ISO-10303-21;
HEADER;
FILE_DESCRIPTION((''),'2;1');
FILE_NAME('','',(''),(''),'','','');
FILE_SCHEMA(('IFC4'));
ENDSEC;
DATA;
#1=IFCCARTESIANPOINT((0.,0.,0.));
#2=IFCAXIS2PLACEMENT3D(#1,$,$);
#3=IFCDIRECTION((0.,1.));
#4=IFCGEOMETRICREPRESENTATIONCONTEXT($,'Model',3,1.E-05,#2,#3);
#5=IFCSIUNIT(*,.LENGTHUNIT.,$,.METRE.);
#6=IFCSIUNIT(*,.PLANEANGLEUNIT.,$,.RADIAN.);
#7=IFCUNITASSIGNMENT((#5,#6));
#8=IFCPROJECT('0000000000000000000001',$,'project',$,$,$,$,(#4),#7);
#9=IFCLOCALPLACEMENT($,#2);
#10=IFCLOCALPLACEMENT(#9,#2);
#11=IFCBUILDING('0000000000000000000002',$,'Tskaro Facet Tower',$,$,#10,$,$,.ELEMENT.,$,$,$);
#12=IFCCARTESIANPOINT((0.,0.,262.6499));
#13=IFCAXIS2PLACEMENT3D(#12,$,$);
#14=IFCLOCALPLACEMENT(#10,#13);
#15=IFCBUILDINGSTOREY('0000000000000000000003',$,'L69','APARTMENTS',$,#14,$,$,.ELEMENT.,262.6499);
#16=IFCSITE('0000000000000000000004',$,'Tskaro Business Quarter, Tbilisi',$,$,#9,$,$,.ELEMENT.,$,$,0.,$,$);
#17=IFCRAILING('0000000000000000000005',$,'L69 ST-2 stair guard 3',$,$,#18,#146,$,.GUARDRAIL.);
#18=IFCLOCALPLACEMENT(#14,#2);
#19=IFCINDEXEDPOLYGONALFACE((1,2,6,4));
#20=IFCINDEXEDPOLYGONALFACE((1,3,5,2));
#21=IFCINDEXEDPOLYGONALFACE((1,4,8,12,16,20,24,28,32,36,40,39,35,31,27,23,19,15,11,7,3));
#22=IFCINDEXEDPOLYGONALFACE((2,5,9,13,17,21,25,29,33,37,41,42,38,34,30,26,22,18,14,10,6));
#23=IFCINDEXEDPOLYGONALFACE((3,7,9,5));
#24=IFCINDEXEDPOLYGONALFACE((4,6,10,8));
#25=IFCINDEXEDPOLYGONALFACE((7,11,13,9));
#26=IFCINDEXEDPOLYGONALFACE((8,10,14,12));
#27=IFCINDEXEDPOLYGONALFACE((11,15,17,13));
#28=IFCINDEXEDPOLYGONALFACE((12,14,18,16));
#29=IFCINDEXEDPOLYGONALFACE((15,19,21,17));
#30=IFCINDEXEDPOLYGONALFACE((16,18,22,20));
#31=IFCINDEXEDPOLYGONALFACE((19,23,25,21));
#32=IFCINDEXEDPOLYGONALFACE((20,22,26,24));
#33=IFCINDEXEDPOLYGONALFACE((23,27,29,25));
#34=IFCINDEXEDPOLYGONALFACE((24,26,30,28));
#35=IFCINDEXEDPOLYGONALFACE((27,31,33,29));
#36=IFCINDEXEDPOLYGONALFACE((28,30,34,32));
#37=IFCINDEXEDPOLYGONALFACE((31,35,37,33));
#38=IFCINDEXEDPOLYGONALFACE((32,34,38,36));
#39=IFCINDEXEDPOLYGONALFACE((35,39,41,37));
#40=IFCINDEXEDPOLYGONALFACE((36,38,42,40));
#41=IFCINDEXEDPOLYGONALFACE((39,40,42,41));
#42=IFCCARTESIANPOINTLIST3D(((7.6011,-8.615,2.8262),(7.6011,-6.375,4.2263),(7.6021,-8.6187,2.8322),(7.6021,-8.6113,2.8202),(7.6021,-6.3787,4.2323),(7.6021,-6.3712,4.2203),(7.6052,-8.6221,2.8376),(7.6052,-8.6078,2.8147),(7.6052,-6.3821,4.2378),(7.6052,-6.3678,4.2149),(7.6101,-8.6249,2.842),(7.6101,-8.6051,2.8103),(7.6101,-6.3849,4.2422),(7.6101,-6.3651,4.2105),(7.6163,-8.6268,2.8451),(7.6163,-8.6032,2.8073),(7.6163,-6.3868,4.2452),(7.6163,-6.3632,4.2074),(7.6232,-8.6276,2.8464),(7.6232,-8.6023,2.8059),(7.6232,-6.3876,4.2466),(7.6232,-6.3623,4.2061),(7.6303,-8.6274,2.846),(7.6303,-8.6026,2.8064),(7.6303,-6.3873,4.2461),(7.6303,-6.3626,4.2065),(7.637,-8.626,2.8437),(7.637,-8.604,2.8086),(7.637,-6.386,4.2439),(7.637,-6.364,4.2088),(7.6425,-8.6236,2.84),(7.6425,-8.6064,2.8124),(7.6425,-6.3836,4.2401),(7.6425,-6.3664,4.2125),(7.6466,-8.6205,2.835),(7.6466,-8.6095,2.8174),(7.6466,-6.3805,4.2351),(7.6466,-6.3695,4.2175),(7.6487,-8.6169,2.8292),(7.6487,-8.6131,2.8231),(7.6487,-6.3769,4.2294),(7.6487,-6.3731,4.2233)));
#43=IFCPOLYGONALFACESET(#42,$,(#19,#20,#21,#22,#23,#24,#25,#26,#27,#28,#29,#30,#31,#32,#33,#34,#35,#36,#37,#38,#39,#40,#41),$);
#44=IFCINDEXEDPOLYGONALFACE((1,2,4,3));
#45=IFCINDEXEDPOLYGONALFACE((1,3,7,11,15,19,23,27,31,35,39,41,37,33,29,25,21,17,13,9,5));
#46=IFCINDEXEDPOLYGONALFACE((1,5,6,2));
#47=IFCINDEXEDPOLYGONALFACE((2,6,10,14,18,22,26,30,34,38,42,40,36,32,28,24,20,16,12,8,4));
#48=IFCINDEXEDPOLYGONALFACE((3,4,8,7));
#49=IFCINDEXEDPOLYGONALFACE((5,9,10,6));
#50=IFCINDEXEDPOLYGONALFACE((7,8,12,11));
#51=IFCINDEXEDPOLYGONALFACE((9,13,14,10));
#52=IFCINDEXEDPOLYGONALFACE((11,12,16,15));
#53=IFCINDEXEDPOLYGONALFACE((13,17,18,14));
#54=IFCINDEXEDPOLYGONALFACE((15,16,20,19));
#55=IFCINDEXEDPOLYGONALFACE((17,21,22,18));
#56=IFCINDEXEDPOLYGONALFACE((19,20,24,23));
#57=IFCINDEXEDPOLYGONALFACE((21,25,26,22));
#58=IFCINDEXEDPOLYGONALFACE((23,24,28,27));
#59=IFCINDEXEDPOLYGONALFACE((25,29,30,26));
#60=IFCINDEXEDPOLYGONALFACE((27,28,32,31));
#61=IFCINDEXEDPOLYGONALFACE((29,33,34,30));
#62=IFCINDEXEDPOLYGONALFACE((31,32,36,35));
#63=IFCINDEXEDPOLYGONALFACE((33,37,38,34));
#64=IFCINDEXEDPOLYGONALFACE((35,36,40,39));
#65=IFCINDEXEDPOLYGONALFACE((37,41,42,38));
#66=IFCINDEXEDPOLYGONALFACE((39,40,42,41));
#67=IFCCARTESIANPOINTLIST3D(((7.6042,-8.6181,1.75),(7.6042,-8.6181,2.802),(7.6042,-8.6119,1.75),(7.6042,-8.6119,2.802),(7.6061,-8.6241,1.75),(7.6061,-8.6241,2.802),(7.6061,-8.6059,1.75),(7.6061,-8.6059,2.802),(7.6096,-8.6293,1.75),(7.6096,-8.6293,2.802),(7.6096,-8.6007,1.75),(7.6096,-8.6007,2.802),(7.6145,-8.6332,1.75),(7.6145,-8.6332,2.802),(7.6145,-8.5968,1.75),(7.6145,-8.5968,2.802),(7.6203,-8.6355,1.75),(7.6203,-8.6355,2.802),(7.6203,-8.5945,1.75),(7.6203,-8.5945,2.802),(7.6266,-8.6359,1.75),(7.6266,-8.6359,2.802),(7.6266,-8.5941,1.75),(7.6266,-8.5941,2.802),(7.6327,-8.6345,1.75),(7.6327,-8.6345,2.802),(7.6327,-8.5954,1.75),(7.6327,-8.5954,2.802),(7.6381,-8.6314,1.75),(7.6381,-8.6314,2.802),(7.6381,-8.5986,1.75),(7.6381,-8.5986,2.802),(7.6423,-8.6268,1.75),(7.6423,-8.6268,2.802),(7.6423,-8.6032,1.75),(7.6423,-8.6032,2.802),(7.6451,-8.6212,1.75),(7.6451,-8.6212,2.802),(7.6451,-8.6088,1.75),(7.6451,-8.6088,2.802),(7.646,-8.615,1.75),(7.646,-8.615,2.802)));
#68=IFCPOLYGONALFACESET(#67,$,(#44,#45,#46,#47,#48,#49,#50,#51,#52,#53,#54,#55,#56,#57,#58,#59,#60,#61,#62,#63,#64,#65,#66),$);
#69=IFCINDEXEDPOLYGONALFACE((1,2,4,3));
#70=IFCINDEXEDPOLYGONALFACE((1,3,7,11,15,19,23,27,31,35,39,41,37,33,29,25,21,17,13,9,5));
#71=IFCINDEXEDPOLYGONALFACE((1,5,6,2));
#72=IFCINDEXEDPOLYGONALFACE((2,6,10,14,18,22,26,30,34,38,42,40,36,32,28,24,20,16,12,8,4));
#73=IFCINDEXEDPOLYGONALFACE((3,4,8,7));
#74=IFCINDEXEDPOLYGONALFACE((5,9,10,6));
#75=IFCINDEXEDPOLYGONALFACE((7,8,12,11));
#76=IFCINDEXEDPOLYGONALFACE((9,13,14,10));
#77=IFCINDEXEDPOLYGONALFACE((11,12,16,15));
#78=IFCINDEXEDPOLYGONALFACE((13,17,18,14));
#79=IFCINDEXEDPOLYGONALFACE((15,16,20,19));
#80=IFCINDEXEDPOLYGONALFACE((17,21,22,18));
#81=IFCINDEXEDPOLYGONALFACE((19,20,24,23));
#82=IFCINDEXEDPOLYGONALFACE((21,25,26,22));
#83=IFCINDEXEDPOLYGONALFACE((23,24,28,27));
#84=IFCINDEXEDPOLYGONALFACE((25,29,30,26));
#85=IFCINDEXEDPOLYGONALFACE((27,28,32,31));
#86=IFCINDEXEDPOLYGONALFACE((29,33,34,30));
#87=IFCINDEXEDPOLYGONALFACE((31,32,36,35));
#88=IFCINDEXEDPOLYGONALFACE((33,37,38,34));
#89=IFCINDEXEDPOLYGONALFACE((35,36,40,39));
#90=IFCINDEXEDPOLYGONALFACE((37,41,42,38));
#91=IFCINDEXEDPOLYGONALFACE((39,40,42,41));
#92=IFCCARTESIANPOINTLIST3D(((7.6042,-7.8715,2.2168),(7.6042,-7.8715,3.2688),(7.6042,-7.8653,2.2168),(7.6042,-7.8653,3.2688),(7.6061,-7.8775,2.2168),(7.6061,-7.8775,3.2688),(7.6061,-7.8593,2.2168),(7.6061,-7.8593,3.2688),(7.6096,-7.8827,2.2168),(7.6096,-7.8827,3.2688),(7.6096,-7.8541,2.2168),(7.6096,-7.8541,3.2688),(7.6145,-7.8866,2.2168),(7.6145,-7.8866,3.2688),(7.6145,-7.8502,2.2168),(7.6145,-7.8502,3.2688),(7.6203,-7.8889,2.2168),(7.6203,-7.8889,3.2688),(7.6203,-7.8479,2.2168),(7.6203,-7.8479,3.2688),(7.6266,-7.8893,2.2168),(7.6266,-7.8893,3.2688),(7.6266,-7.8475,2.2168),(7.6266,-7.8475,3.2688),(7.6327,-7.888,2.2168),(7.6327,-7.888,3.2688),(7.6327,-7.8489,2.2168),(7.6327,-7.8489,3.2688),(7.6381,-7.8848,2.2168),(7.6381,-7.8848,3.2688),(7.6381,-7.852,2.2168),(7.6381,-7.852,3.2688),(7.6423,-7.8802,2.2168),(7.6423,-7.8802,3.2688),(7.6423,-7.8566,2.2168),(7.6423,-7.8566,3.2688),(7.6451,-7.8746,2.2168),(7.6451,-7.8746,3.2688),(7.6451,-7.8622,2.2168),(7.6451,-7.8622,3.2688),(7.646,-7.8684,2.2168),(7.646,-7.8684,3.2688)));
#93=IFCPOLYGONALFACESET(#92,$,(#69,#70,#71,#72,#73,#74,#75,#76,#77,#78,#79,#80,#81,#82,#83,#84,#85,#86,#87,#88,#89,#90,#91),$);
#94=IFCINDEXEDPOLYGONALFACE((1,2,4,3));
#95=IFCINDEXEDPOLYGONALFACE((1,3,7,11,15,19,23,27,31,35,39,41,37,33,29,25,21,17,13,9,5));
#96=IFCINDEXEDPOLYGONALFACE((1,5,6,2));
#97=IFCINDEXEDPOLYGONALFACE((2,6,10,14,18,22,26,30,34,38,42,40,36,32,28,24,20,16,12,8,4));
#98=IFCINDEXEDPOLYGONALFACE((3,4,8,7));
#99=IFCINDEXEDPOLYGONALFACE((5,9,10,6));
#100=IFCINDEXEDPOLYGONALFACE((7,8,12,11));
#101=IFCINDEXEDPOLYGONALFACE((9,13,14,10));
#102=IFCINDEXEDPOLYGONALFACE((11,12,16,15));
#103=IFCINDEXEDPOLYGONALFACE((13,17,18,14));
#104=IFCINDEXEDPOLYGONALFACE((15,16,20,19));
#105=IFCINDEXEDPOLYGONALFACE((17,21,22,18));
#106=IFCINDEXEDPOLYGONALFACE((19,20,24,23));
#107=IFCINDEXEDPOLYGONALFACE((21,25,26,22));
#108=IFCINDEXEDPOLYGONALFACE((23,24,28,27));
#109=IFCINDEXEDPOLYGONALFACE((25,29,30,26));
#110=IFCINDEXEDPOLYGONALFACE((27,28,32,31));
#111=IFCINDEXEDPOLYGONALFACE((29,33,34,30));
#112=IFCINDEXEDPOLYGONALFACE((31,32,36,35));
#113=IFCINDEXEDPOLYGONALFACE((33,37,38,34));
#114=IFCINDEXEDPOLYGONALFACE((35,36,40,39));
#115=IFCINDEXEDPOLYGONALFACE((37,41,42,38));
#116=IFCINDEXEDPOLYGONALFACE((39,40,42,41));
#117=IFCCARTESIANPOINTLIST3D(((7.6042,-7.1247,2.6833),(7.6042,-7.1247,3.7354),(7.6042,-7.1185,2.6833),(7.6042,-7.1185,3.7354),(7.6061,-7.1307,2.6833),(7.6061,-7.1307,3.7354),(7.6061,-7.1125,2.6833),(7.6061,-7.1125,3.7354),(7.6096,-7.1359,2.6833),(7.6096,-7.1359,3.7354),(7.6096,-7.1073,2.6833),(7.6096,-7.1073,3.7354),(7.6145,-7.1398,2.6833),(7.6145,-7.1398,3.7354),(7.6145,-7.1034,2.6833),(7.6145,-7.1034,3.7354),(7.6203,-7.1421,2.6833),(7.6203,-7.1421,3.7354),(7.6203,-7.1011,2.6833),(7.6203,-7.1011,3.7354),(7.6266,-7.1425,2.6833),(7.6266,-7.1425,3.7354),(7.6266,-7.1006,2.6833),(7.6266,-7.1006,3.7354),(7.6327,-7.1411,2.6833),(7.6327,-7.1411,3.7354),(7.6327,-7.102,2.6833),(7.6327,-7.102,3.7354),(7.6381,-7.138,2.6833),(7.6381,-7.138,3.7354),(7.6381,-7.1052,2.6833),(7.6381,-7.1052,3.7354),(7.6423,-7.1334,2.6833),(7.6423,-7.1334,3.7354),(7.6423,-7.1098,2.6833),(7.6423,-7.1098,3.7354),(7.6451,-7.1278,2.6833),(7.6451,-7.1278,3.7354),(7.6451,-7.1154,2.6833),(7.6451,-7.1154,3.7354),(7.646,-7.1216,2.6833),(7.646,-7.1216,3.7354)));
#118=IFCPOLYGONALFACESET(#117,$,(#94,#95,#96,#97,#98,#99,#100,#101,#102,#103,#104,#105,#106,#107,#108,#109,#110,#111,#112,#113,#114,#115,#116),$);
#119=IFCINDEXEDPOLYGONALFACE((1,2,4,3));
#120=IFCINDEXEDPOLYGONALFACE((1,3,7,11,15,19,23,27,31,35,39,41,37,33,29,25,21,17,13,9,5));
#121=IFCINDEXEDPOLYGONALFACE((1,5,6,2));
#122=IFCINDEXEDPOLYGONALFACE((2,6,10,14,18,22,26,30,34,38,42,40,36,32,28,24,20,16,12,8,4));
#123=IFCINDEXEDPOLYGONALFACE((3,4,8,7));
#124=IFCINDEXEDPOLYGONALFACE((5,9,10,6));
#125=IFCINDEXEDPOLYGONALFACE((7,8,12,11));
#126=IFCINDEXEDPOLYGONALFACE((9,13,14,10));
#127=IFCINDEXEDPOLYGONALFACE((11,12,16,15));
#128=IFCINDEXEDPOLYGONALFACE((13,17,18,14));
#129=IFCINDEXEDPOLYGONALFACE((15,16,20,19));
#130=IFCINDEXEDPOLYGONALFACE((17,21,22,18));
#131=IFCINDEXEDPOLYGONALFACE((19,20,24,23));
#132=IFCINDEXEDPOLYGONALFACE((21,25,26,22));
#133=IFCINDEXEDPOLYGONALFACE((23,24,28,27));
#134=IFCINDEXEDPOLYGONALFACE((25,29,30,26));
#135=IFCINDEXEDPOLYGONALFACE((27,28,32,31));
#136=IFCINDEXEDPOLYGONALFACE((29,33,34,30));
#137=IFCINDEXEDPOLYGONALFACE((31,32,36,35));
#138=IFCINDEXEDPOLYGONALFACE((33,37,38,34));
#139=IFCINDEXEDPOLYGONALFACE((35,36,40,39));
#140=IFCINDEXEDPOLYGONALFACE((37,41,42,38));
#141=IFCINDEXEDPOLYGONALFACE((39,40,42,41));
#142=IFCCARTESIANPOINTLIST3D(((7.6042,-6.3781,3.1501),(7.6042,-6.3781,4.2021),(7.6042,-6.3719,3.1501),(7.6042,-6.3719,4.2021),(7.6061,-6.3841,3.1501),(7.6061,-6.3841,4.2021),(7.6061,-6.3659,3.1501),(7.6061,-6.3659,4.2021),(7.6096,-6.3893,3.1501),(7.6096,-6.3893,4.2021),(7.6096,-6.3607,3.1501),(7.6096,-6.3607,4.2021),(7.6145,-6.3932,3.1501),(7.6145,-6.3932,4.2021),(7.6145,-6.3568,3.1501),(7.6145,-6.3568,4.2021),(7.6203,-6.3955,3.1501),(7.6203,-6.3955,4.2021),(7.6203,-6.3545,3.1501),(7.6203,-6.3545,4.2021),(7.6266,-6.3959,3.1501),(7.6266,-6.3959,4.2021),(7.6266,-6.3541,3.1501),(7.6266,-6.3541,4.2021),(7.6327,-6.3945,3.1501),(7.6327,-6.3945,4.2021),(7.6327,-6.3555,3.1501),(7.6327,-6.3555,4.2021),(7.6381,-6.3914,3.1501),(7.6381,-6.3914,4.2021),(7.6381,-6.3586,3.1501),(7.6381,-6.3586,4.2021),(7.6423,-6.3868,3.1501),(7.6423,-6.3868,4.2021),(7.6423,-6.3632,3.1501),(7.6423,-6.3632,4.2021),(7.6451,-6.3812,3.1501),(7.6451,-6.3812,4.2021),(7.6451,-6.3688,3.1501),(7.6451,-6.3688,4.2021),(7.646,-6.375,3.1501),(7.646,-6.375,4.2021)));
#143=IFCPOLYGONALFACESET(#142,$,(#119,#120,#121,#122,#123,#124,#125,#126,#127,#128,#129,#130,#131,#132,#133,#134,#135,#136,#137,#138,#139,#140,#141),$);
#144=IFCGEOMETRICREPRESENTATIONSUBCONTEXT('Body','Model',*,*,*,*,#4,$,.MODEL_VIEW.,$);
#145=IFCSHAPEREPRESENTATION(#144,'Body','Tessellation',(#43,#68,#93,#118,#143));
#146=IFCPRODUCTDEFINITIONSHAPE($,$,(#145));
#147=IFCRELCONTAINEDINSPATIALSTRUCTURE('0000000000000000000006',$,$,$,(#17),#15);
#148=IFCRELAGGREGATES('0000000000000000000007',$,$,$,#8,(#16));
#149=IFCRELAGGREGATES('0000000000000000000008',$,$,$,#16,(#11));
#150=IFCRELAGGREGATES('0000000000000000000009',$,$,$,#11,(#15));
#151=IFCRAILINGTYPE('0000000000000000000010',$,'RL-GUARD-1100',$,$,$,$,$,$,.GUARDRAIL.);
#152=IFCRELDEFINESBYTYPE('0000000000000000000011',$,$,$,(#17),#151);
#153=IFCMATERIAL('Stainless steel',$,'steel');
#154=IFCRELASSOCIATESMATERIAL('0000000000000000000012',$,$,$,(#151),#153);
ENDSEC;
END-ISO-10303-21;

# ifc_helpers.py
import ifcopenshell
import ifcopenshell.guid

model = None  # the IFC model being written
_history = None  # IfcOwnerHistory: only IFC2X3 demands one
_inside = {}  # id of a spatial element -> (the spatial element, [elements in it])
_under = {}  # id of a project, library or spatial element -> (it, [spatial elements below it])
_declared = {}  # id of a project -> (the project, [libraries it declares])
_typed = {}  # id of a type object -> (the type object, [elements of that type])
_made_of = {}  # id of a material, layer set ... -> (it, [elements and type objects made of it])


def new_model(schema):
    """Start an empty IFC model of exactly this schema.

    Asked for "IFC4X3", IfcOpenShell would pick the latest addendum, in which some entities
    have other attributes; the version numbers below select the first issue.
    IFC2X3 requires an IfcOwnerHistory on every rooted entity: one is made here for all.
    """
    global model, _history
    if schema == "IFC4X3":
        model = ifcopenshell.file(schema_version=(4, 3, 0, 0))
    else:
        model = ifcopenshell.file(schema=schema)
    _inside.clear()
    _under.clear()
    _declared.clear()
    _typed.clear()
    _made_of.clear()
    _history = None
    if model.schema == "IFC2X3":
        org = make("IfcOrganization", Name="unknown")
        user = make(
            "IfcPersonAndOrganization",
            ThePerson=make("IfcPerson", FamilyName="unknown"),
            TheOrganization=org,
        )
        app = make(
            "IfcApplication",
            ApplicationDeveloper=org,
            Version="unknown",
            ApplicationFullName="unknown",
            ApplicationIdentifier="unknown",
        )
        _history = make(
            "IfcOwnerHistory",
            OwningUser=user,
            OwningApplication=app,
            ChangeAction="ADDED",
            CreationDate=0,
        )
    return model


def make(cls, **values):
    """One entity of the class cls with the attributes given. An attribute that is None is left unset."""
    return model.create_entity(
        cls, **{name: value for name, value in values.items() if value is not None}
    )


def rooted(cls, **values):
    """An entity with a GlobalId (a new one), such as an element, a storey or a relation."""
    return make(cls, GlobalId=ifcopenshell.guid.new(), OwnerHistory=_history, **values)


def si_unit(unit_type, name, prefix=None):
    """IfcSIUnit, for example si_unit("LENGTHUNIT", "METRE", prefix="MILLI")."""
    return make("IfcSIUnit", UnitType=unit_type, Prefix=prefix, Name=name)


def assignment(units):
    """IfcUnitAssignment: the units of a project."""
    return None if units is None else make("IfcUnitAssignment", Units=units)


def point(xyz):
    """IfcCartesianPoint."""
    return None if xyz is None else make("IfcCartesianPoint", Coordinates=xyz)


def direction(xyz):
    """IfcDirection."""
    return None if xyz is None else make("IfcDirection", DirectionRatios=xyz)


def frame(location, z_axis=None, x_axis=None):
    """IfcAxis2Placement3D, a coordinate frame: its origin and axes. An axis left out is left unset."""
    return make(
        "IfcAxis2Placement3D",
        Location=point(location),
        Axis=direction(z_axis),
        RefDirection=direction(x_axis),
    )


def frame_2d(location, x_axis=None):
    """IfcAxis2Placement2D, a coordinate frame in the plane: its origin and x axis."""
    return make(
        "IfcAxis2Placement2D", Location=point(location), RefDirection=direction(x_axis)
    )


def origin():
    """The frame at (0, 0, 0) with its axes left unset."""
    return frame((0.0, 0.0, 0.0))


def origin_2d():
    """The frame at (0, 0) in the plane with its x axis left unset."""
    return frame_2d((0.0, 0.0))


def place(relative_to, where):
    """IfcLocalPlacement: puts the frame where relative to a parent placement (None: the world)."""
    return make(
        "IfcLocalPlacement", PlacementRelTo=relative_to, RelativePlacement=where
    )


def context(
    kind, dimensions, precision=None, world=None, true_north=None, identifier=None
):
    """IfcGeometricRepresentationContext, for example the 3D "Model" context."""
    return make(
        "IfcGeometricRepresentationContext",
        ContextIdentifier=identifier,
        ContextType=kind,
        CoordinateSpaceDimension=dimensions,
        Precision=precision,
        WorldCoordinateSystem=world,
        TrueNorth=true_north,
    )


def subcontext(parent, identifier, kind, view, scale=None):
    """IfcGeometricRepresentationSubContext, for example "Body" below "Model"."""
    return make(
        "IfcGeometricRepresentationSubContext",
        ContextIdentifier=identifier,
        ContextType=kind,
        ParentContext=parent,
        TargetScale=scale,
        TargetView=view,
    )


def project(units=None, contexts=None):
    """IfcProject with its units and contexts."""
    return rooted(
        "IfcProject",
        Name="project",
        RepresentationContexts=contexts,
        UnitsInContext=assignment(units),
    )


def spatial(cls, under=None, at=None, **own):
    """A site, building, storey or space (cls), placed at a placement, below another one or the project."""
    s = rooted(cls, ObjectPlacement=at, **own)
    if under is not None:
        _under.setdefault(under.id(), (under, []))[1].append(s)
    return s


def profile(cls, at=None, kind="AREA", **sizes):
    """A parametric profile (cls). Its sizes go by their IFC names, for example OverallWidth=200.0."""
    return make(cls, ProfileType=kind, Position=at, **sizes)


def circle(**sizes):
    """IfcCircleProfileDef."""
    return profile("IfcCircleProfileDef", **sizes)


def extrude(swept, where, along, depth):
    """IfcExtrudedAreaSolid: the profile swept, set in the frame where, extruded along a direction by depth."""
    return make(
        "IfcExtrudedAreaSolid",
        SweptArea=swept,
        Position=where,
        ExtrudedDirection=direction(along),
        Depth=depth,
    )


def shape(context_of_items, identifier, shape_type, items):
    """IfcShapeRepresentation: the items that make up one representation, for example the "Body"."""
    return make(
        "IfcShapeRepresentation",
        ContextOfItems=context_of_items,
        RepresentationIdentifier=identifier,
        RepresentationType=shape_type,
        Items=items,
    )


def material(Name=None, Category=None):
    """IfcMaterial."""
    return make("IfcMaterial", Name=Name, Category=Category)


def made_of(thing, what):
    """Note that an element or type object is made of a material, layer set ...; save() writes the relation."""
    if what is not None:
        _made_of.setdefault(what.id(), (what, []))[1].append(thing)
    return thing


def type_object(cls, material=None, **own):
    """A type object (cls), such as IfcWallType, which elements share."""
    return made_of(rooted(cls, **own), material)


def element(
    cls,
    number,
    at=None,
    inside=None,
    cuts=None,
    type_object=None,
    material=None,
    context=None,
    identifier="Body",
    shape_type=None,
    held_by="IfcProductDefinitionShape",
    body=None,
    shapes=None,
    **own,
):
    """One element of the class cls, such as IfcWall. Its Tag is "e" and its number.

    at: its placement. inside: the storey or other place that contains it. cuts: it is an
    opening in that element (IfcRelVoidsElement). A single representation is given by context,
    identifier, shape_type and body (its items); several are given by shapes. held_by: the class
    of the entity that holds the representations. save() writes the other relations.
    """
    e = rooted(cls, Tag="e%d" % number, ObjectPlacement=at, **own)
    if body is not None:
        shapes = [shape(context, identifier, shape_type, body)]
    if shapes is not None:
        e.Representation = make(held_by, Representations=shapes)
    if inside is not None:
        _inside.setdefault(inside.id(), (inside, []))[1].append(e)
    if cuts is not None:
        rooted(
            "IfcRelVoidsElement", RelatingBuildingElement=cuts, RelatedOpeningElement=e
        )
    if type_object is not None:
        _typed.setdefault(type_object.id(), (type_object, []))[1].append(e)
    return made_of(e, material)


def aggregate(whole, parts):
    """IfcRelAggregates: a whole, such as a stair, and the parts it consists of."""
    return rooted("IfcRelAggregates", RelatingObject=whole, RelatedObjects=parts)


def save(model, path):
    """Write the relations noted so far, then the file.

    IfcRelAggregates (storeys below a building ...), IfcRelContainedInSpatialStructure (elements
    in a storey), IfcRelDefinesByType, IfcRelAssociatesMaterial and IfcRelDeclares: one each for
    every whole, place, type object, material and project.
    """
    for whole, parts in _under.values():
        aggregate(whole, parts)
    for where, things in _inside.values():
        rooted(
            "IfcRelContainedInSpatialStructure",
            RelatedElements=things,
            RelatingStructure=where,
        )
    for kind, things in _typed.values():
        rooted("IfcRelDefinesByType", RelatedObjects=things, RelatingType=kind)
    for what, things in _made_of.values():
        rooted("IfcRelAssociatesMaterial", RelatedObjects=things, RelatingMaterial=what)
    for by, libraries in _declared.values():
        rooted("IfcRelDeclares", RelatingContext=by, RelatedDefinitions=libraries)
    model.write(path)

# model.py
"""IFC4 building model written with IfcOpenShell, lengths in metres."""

from ifc_helpers import new_model, si_unit, direction, frame, origin, origin_2d, place, context, subcontext, project, spatial, circle, extrude, material, type_object, element, save


model = new_model("IFC4")

# Units and contexts
model_context = context("Model", 3, precision=1e-05, world=origin(), true_north=direction((0.0, 1.0)))
body_context = subcontext(model_context, "Body", "Model", "MODEL_VIEW")
ifc_project = project(units=[si_unit("LENGTHUNIT", "METRE"), si_unit("PLANEANGLEUNIT", "RADIAN")], contexts=[model_context])

# Site, building, storey
site_placement = place(None, origin())
site = spatial("IfcSite", under=ifc_project, at=site_placement, Name="Tskaro Business Quarter, Tbilisi", CompositionType="ELEMENT", RefElevation=0.0)
building_placement = place(site_placement, origin())
building = spatial("IfcBuilding", under=site, at=building_placement, Name="Tskaro Facet Tower", CompositionType="ELEMENT")
storey_placement = place(building_placement, frame((0.0, 0.0, 262.6499)))
storey = spatial("IfcBuildingStorey", under=building, at=storey_placement, Name="L69", Description="APARTMENTS", CompositionType="ELEMENT", Elevation=262.6499)

# Railing
ifc_material_1 = material(Name="Stainless steel", Category="steel")
railing_type_1 = type_object("IfcRailingType", Name="RL-GUARD-1100", PredefinedType="GUARDRAIL", material=ifc_material_1)
railing_1_placement = place(storey_placement, frame((7.625, -8.615, 1.75)))
element("IfcRailing", 1, at=railing_1_placement, inside=storey, type_object=railing_type_1, Name="L69 ST-2 stair guard 3", PredefinedType="GUARDRAIL", context=body_context, shape_type="SweptSolid", body=[
    extrude(circle(Radius=0.0239, at=origin_2d()), frame((0.0, 0.0, 1.0762), z_axis=(0.0, 0.847972, 0.53004), x_axis=(-1.0, 0.0, 0.0)), (0.0, 0.0, 1.0), 2.6416),
    extrude(circle(Radius=0.021, at=origin_2d()), origin(), (0.0, 0.0, 1.0), 1.052),
    extrude(circle(Radius=0.021, at=origin_2d()), frame((0.0, 0.7466, 0.4668)), (0.0, 0.0, 1.0), 1.052),
    extrude(circle(Radius=0.021, at=origin_2d()), frame((0.0, 1.4934, 0.9333)), (0.0, 0.0, 1.0), 1.052),
    extrude(circle(Radius=0.021, at=origin_2d()), frame((0.0, 2.24, 1.4001)), (0.0, 0.0, 1.0), 1.052),
])

save(model, "model.ifc")
